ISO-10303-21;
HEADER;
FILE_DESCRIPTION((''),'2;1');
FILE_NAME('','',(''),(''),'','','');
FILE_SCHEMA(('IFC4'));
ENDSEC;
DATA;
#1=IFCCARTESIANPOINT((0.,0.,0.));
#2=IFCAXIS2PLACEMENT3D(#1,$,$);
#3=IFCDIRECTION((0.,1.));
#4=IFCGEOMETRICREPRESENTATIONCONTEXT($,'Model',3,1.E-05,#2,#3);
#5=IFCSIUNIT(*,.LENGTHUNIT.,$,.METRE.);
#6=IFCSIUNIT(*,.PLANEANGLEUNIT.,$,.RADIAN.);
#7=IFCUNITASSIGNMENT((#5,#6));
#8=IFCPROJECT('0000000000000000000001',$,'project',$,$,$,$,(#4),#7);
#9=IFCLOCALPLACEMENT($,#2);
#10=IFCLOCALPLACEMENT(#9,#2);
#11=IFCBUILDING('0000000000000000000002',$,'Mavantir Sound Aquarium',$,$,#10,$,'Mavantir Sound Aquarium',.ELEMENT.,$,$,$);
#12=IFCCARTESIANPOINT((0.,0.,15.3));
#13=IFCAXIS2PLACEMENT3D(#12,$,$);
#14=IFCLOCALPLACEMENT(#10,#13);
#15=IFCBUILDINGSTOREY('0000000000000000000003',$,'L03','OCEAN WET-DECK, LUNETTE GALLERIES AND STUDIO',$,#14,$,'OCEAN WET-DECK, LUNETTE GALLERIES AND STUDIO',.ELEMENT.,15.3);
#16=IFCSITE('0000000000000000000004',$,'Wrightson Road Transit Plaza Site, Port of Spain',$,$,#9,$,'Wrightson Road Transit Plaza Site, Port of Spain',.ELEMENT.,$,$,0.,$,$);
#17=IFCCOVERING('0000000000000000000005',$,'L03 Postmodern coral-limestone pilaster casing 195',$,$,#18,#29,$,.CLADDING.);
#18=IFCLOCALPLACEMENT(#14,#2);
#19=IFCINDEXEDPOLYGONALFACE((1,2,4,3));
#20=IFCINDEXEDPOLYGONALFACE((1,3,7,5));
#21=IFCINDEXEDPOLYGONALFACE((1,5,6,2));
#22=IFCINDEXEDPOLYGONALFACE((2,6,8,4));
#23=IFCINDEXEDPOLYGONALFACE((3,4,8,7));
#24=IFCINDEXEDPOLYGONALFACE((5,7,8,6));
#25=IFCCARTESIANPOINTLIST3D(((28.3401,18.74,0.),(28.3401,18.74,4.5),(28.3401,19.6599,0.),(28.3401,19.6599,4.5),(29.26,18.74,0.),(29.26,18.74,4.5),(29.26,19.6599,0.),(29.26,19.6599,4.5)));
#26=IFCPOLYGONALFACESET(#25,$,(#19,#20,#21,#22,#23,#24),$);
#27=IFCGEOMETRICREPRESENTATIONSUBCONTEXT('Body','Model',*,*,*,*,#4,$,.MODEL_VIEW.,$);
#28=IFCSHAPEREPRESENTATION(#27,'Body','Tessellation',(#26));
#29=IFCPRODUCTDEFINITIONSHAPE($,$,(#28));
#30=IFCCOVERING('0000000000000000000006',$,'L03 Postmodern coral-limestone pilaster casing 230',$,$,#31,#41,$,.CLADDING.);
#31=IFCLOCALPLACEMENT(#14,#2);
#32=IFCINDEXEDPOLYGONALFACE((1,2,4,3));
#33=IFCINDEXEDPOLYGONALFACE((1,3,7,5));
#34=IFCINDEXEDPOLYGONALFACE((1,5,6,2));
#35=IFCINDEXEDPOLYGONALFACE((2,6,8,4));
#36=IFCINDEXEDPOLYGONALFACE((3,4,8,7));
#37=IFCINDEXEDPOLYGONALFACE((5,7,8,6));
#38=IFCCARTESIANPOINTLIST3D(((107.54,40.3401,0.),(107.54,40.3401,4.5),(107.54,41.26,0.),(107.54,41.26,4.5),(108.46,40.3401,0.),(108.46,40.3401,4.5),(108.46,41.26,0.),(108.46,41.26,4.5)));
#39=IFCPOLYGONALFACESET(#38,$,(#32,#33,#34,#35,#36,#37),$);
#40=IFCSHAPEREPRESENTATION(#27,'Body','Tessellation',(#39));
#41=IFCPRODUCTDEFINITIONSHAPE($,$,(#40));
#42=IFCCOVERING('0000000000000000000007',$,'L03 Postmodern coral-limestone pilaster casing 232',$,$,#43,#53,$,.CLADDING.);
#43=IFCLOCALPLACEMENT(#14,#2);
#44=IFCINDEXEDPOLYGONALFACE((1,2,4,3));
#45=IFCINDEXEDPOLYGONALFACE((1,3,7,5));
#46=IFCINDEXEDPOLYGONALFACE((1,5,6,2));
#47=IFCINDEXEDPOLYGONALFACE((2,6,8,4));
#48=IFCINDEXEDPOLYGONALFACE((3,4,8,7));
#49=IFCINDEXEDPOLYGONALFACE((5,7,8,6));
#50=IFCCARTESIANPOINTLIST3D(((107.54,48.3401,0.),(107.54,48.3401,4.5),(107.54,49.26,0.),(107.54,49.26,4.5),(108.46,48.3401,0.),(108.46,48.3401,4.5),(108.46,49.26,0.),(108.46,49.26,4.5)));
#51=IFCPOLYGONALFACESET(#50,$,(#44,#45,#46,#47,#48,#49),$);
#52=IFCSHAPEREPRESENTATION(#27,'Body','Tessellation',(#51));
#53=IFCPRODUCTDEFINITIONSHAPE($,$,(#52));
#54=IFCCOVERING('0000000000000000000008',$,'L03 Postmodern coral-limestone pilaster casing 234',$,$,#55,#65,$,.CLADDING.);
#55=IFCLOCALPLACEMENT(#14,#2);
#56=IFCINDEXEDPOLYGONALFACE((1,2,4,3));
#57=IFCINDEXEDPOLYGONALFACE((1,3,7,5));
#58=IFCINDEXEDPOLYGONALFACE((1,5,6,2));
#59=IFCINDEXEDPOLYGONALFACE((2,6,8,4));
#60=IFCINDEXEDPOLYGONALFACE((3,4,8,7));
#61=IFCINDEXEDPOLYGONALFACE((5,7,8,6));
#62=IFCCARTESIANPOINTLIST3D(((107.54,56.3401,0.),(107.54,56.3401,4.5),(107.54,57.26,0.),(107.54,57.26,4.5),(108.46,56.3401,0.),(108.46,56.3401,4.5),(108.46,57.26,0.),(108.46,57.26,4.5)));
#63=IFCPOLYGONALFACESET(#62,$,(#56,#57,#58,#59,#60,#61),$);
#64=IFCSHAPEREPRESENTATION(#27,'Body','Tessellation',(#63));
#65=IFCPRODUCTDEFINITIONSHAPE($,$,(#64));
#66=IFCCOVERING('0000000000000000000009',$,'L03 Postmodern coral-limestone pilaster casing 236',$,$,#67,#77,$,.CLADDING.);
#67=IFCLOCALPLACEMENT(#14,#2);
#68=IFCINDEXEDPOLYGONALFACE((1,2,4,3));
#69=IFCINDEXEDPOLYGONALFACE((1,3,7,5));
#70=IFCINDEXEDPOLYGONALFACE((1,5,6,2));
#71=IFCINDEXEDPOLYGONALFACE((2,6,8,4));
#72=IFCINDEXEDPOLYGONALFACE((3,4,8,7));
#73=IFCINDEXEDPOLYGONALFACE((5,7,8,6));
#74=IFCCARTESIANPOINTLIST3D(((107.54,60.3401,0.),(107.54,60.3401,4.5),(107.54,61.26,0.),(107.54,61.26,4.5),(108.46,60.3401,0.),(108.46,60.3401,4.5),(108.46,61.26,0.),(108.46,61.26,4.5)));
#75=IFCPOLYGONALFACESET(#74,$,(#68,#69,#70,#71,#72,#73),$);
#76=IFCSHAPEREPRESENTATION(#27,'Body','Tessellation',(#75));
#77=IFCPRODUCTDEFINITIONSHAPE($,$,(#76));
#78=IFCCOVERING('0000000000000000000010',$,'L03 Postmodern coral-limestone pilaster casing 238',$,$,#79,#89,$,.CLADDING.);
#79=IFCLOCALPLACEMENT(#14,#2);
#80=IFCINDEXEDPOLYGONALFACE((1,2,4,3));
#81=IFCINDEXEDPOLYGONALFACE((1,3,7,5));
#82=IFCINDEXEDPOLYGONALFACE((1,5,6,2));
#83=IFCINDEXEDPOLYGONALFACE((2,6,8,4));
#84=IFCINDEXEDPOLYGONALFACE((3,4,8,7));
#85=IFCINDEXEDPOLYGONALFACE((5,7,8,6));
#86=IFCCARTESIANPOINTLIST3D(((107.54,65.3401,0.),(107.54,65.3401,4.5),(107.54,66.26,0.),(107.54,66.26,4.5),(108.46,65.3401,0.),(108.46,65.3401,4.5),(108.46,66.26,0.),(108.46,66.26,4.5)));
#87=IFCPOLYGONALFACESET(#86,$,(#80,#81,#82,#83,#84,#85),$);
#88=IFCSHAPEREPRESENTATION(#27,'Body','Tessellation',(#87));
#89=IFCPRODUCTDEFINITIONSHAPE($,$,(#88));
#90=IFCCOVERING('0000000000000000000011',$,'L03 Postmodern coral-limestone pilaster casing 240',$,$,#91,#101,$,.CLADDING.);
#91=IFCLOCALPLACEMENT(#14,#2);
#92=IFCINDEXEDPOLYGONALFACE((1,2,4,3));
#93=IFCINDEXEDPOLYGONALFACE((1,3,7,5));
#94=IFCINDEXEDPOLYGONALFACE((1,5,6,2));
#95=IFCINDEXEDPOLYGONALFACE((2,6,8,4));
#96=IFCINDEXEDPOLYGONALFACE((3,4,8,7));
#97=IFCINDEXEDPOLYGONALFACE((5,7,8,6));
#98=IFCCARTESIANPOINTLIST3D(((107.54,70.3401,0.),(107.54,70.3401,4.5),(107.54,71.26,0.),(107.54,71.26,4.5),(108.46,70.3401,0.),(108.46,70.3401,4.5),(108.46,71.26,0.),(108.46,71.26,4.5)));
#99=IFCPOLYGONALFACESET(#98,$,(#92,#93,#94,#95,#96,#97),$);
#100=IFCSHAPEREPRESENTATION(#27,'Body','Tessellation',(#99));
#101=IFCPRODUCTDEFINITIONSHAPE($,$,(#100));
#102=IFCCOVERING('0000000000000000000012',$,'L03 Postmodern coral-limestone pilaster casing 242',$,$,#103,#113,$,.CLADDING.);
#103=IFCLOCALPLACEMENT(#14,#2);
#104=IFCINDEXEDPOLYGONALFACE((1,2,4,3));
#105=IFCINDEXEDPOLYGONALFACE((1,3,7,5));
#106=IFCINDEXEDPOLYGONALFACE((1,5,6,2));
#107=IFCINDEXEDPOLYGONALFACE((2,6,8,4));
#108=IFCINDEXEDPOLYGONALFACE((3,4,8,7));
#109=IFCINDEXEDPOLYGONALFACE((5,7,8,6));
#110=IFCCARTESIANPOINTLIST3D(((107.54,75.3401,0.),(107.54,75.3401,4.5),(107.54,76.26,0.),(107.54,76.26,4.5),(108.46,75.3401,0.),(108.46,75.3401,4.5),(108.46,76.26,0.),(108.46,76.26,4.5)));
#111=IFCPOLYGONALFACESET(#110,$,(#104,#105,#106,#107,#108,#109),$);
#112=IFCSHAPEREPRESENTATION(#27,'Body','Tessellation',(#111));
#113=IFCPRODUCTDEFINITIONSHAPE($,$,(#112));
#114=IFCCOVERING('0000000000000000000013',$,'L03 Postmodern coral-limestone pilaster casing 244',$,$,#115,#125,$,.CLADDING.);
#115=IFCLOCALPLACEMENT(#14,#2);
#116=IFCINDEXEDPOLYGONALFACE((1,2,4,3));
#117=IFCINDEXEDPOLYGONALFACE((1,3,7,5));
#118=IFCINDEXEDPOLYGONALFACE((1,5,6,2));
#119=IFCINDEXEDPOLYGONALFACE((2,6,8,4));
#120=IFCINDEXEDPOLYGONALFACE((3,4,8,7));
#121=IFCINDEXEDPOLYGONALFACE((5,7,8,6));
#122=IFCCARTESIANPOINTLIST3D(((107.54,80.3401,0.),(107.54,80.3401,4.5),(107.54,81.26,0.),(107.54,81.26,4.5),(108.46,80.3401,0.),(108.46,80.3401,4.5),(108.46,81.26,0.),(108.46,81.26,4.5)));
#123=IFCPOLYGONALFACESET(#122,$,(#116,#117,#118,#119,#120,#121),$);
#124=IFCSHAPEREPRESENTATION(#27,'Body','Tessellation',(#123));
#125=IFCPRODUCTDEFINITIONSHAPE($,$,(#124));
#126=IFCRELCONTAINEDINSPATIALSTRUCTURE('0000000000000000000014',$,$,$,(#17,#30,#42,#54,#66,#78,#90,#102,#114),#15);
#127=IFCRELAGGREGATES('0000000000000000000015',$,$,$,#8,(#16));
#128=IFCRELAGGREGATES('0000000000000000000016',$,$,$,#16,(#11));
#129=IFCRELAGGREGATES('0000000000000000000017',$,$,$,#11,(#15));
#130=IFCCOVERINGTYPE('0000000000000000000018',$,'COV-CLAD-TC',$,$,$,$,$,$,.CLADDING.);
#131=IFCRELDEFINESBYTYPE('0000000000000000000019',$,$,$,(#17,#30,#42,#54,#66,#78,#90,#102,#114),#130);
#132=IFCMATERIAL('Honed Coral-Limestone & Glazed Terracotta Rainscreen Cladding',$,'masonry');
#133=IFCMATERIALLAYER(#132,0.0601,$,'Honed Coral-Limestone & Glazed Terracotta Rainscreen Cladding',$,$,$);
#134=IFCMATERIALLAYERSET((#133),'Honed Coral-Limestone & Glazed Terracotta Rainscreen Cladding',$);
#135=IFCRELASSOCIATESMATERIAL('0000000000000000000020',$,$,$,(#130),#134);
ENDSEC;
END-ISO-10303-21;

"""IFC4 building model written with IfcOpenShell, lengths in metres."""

from ifc_helpers import new_model, si_unit, direction, frame, origin, place, context, subcontext, project, spatial, polyline, outline, extrude, material, layer, layer_set, type_object, element, save


model = new_model("IFC4")

# Units and contexts
model_context = context("Model", 3, precision=1e-05, world=origin(), true_north=direction((0.0, 1.0)))
body_context = subcontext(model_context, "Body", "Model", "MODEL_VIEW")
ifc_project = project(units=[si_unit("LENGTHUNIT", "METRE"), si_unit("PLANEANGLEUNIT", "RADIAN")], contexts=[model_context])

# Site, building, storey
site_placement = place(None, origin())
site = spatial("IfcSite", under=ifc_project, at=site_placement, Name="Wrightson Road Transit Plaza Site, Port of Spain", LongName="Wrightson Road Transit Plaza Site, Port of Spain", CompositionType="ELEMENT", RefElevation=0.0)
building_placement = place(site_placement, origin())
building = spatial("IfcBuilding", under=site, at=building_placement, Name="Mavantir Sound Aquarium", LongName="Mavantir Sound Aquarium", CompositionType="ELEMENT")
storey_placement = place(building_placement, frame((0.0, 0.0, 15.3)))
storey = spatial("IfcBuildingStorey", under=building, at=storey_placement, Name="L03", Description="OCEAN WET-DECK, LUNETTE GALLERIES AND STUDIO", LongName="OCEAN WET-DECK, LUNETTE GALLERIES AND STUDIO", CompositionType="ELEMENT", Elevation=15.3)

# Coverings
ifc_material = material(Name="Honed Coral-Limestone & Glazed Terracotta Rainscreen Cladding", Category="masonry")
ifc_layer = layer(ifc_material, 0.0601, Name="Honed Coral-Limestone & Glazed Terracotta Rainscreen Cladding")
ifc_layer_set = layer_set([ifc_layer], Name="Honed Coral-Limestone & Glazed Terracotta Rainscreen Cladding")
covering_type = type_object("IfcCoveringType", Name="COV-CLAD-TC", PredefinedType="CLADDING", material=ifc_layer_set)
covering_1_placement = place(storey_placement, origin())
element("IfcCovering", 1, at=covering_1_placement, inside=storey, type_object=covering_type, Name="L03 Postmodern coral-limestone pilaster casing 195", PredefinedType="CLADDING", context=body_context, shape_type="SweptSolid", body=[
    extrude(outline(polyline([(28.3401, 18.74), (29.26, 18.74), (29.26, 19.6599), (28.3401, 19.6599), (28.3401, 18.74)])), origin(), (0.0, 0.0, 1.0), 4.5),
])
covering_2_placement = place(storey_placement, origin())
element("IfcCovering", 2, at=covering_2_placement, inside=storey, type_object=covering_type, Name="L03 Postmodern coral-limestone pilaster casing 230", PredefinedType="CLADDING", context=body_context, shape_type="SweptSolid", body=[
    extrude(outline(polyline([(107.54, 40.3401), (108.46, 40.3401), (108.46, 41.26), (107.54, 41.26), (107.54, 40.3401)])), origin(), (0.0, 0.0, 1.0), 4.5),
])
covering_3_placement = place(storey_placement, origin())
element("IfcCovering", 3, at=covering_3_placement, inside=storey, type_object=covering_type, Name="L03 Postmodern coral-limestone pilaster casing 232", PredefinedType="CLADDING", context=body_context, shape_type="SweptSolid", body=[
    extrude(outline(polyline([(107.54, 48.3401), (108.46, 48.3401), (108.46, 49.26), (107.54, 49.26), (107.54, 48.3401)])), origin(), (0.0, 0.0, 1.0), 4.5),
])
covering_4_placement = place(storey_placement, origin())
element("IfcCovering", 4, at=covering_4_placement, inside=storey, type_object=covering_type, Name="L03 Postmodern coral-limestone pilaster casing 234", PredefinedType="CLADDING", context=body_context, shape_type="SweptSolid", body=[
    extrude(outline(polyline([(107.54, 56.3401), (108.46, 56.3401), (108.46, 57.26), (107.54, 57.26), (107.54, 56.3401)])), origin(), (0.0, 0.0, 1.0), 4.5),
])
covering_5_placement = place(storey_placement, origin())
element("IfcCovering", 5, at=covering_5_placement, inside=storey, type_object=covering_type, Name="L03 Postmodern coral-limestone pilaster casing 236", PredefinedType="CLADDING", context=body_context, shape_type="SweptSolid", body=[
    extrude(outline(polyline([(107.54, 60.3401), (108.46, 60.3401), (108.46, 61.26), (107.54, 61.26), (107.54, 60.3401)])), origin(), (0.0, 0.0, 1.0), 4.5),
])
covering_6_placement = place(storey_placement, origin())
element("IfcCovering", 6, at=covering_6_placement, inside=storey, type_object=covering_type, Name="L03 Postmodern coral-limestone pilaster casing 238", PredefinedType="CLADDING", context=body_context, shape_type="SweptSolid", body=[
    extrude(outline(polyline([(107.54, 65.3401), (108.46, 65.3401), (108.46, 66.26), (107.54, 66.26), (107.54, 65.3401)])), origin(), (0.0, 0.0, 1.0), 4.5),
])
covering_7_placement = place(storey_placement, origin())
element("IfcCovering", 7, at=covering_7_placement, inside=storey, type_object=covering_type, Name="L03 Postmodern coral-limestone pilaster casing 240", PredefinedType="CLADDING", context=body_context, shape_type="SweptSolid", body=[
    extrude(outline(polyline([(107.54, 70.3401), (108.46, 70.3401), (108.46, 71.26), (107.54, 71.26), (107.54, 70.3401)])), origin(), (0.0, 0.0, 1.0), 4.5),
])
covering_8_placement = place(storey_placement, origin())
element("IfcCovering", 8, at=covering_8_placement, inside=storey, type_object=covering_type, Name="L03 Postmodern coral-limestone pilaster casing 242", PredefinedType="CLADDING", context=body_context, shape_type="SweptSolid", body=[
    extrude(outline(polyline([(107.54, 75.3401), (108.46, 75.3401), (108.46, 76.26), (107.54, 76.26), (107.54, 75.3401)])), origin(), (0.0, 0.0, 1.0), 4.5),
])
covering_9_placement = place(storey_placement, origin())
element("IfcCovering", 9, at=covering_9_placement, inside=storey, type_object=covering_type, Name="L03 Postmodern coral-limestone pilaster casing 244", PredefinedType="CLADDING", context=body_context, shape_type="SweptSolid", body=[
    extrude(outline(polyline([(107.54, 80.3401), (108.46, 80.3401), (108.46, 81.26), (107.54, 81.26), (107.54, 80.3401)])), origin(), (0.0, 0.0, 1.0), 4.5),
])

save(model, "model.ifc")
